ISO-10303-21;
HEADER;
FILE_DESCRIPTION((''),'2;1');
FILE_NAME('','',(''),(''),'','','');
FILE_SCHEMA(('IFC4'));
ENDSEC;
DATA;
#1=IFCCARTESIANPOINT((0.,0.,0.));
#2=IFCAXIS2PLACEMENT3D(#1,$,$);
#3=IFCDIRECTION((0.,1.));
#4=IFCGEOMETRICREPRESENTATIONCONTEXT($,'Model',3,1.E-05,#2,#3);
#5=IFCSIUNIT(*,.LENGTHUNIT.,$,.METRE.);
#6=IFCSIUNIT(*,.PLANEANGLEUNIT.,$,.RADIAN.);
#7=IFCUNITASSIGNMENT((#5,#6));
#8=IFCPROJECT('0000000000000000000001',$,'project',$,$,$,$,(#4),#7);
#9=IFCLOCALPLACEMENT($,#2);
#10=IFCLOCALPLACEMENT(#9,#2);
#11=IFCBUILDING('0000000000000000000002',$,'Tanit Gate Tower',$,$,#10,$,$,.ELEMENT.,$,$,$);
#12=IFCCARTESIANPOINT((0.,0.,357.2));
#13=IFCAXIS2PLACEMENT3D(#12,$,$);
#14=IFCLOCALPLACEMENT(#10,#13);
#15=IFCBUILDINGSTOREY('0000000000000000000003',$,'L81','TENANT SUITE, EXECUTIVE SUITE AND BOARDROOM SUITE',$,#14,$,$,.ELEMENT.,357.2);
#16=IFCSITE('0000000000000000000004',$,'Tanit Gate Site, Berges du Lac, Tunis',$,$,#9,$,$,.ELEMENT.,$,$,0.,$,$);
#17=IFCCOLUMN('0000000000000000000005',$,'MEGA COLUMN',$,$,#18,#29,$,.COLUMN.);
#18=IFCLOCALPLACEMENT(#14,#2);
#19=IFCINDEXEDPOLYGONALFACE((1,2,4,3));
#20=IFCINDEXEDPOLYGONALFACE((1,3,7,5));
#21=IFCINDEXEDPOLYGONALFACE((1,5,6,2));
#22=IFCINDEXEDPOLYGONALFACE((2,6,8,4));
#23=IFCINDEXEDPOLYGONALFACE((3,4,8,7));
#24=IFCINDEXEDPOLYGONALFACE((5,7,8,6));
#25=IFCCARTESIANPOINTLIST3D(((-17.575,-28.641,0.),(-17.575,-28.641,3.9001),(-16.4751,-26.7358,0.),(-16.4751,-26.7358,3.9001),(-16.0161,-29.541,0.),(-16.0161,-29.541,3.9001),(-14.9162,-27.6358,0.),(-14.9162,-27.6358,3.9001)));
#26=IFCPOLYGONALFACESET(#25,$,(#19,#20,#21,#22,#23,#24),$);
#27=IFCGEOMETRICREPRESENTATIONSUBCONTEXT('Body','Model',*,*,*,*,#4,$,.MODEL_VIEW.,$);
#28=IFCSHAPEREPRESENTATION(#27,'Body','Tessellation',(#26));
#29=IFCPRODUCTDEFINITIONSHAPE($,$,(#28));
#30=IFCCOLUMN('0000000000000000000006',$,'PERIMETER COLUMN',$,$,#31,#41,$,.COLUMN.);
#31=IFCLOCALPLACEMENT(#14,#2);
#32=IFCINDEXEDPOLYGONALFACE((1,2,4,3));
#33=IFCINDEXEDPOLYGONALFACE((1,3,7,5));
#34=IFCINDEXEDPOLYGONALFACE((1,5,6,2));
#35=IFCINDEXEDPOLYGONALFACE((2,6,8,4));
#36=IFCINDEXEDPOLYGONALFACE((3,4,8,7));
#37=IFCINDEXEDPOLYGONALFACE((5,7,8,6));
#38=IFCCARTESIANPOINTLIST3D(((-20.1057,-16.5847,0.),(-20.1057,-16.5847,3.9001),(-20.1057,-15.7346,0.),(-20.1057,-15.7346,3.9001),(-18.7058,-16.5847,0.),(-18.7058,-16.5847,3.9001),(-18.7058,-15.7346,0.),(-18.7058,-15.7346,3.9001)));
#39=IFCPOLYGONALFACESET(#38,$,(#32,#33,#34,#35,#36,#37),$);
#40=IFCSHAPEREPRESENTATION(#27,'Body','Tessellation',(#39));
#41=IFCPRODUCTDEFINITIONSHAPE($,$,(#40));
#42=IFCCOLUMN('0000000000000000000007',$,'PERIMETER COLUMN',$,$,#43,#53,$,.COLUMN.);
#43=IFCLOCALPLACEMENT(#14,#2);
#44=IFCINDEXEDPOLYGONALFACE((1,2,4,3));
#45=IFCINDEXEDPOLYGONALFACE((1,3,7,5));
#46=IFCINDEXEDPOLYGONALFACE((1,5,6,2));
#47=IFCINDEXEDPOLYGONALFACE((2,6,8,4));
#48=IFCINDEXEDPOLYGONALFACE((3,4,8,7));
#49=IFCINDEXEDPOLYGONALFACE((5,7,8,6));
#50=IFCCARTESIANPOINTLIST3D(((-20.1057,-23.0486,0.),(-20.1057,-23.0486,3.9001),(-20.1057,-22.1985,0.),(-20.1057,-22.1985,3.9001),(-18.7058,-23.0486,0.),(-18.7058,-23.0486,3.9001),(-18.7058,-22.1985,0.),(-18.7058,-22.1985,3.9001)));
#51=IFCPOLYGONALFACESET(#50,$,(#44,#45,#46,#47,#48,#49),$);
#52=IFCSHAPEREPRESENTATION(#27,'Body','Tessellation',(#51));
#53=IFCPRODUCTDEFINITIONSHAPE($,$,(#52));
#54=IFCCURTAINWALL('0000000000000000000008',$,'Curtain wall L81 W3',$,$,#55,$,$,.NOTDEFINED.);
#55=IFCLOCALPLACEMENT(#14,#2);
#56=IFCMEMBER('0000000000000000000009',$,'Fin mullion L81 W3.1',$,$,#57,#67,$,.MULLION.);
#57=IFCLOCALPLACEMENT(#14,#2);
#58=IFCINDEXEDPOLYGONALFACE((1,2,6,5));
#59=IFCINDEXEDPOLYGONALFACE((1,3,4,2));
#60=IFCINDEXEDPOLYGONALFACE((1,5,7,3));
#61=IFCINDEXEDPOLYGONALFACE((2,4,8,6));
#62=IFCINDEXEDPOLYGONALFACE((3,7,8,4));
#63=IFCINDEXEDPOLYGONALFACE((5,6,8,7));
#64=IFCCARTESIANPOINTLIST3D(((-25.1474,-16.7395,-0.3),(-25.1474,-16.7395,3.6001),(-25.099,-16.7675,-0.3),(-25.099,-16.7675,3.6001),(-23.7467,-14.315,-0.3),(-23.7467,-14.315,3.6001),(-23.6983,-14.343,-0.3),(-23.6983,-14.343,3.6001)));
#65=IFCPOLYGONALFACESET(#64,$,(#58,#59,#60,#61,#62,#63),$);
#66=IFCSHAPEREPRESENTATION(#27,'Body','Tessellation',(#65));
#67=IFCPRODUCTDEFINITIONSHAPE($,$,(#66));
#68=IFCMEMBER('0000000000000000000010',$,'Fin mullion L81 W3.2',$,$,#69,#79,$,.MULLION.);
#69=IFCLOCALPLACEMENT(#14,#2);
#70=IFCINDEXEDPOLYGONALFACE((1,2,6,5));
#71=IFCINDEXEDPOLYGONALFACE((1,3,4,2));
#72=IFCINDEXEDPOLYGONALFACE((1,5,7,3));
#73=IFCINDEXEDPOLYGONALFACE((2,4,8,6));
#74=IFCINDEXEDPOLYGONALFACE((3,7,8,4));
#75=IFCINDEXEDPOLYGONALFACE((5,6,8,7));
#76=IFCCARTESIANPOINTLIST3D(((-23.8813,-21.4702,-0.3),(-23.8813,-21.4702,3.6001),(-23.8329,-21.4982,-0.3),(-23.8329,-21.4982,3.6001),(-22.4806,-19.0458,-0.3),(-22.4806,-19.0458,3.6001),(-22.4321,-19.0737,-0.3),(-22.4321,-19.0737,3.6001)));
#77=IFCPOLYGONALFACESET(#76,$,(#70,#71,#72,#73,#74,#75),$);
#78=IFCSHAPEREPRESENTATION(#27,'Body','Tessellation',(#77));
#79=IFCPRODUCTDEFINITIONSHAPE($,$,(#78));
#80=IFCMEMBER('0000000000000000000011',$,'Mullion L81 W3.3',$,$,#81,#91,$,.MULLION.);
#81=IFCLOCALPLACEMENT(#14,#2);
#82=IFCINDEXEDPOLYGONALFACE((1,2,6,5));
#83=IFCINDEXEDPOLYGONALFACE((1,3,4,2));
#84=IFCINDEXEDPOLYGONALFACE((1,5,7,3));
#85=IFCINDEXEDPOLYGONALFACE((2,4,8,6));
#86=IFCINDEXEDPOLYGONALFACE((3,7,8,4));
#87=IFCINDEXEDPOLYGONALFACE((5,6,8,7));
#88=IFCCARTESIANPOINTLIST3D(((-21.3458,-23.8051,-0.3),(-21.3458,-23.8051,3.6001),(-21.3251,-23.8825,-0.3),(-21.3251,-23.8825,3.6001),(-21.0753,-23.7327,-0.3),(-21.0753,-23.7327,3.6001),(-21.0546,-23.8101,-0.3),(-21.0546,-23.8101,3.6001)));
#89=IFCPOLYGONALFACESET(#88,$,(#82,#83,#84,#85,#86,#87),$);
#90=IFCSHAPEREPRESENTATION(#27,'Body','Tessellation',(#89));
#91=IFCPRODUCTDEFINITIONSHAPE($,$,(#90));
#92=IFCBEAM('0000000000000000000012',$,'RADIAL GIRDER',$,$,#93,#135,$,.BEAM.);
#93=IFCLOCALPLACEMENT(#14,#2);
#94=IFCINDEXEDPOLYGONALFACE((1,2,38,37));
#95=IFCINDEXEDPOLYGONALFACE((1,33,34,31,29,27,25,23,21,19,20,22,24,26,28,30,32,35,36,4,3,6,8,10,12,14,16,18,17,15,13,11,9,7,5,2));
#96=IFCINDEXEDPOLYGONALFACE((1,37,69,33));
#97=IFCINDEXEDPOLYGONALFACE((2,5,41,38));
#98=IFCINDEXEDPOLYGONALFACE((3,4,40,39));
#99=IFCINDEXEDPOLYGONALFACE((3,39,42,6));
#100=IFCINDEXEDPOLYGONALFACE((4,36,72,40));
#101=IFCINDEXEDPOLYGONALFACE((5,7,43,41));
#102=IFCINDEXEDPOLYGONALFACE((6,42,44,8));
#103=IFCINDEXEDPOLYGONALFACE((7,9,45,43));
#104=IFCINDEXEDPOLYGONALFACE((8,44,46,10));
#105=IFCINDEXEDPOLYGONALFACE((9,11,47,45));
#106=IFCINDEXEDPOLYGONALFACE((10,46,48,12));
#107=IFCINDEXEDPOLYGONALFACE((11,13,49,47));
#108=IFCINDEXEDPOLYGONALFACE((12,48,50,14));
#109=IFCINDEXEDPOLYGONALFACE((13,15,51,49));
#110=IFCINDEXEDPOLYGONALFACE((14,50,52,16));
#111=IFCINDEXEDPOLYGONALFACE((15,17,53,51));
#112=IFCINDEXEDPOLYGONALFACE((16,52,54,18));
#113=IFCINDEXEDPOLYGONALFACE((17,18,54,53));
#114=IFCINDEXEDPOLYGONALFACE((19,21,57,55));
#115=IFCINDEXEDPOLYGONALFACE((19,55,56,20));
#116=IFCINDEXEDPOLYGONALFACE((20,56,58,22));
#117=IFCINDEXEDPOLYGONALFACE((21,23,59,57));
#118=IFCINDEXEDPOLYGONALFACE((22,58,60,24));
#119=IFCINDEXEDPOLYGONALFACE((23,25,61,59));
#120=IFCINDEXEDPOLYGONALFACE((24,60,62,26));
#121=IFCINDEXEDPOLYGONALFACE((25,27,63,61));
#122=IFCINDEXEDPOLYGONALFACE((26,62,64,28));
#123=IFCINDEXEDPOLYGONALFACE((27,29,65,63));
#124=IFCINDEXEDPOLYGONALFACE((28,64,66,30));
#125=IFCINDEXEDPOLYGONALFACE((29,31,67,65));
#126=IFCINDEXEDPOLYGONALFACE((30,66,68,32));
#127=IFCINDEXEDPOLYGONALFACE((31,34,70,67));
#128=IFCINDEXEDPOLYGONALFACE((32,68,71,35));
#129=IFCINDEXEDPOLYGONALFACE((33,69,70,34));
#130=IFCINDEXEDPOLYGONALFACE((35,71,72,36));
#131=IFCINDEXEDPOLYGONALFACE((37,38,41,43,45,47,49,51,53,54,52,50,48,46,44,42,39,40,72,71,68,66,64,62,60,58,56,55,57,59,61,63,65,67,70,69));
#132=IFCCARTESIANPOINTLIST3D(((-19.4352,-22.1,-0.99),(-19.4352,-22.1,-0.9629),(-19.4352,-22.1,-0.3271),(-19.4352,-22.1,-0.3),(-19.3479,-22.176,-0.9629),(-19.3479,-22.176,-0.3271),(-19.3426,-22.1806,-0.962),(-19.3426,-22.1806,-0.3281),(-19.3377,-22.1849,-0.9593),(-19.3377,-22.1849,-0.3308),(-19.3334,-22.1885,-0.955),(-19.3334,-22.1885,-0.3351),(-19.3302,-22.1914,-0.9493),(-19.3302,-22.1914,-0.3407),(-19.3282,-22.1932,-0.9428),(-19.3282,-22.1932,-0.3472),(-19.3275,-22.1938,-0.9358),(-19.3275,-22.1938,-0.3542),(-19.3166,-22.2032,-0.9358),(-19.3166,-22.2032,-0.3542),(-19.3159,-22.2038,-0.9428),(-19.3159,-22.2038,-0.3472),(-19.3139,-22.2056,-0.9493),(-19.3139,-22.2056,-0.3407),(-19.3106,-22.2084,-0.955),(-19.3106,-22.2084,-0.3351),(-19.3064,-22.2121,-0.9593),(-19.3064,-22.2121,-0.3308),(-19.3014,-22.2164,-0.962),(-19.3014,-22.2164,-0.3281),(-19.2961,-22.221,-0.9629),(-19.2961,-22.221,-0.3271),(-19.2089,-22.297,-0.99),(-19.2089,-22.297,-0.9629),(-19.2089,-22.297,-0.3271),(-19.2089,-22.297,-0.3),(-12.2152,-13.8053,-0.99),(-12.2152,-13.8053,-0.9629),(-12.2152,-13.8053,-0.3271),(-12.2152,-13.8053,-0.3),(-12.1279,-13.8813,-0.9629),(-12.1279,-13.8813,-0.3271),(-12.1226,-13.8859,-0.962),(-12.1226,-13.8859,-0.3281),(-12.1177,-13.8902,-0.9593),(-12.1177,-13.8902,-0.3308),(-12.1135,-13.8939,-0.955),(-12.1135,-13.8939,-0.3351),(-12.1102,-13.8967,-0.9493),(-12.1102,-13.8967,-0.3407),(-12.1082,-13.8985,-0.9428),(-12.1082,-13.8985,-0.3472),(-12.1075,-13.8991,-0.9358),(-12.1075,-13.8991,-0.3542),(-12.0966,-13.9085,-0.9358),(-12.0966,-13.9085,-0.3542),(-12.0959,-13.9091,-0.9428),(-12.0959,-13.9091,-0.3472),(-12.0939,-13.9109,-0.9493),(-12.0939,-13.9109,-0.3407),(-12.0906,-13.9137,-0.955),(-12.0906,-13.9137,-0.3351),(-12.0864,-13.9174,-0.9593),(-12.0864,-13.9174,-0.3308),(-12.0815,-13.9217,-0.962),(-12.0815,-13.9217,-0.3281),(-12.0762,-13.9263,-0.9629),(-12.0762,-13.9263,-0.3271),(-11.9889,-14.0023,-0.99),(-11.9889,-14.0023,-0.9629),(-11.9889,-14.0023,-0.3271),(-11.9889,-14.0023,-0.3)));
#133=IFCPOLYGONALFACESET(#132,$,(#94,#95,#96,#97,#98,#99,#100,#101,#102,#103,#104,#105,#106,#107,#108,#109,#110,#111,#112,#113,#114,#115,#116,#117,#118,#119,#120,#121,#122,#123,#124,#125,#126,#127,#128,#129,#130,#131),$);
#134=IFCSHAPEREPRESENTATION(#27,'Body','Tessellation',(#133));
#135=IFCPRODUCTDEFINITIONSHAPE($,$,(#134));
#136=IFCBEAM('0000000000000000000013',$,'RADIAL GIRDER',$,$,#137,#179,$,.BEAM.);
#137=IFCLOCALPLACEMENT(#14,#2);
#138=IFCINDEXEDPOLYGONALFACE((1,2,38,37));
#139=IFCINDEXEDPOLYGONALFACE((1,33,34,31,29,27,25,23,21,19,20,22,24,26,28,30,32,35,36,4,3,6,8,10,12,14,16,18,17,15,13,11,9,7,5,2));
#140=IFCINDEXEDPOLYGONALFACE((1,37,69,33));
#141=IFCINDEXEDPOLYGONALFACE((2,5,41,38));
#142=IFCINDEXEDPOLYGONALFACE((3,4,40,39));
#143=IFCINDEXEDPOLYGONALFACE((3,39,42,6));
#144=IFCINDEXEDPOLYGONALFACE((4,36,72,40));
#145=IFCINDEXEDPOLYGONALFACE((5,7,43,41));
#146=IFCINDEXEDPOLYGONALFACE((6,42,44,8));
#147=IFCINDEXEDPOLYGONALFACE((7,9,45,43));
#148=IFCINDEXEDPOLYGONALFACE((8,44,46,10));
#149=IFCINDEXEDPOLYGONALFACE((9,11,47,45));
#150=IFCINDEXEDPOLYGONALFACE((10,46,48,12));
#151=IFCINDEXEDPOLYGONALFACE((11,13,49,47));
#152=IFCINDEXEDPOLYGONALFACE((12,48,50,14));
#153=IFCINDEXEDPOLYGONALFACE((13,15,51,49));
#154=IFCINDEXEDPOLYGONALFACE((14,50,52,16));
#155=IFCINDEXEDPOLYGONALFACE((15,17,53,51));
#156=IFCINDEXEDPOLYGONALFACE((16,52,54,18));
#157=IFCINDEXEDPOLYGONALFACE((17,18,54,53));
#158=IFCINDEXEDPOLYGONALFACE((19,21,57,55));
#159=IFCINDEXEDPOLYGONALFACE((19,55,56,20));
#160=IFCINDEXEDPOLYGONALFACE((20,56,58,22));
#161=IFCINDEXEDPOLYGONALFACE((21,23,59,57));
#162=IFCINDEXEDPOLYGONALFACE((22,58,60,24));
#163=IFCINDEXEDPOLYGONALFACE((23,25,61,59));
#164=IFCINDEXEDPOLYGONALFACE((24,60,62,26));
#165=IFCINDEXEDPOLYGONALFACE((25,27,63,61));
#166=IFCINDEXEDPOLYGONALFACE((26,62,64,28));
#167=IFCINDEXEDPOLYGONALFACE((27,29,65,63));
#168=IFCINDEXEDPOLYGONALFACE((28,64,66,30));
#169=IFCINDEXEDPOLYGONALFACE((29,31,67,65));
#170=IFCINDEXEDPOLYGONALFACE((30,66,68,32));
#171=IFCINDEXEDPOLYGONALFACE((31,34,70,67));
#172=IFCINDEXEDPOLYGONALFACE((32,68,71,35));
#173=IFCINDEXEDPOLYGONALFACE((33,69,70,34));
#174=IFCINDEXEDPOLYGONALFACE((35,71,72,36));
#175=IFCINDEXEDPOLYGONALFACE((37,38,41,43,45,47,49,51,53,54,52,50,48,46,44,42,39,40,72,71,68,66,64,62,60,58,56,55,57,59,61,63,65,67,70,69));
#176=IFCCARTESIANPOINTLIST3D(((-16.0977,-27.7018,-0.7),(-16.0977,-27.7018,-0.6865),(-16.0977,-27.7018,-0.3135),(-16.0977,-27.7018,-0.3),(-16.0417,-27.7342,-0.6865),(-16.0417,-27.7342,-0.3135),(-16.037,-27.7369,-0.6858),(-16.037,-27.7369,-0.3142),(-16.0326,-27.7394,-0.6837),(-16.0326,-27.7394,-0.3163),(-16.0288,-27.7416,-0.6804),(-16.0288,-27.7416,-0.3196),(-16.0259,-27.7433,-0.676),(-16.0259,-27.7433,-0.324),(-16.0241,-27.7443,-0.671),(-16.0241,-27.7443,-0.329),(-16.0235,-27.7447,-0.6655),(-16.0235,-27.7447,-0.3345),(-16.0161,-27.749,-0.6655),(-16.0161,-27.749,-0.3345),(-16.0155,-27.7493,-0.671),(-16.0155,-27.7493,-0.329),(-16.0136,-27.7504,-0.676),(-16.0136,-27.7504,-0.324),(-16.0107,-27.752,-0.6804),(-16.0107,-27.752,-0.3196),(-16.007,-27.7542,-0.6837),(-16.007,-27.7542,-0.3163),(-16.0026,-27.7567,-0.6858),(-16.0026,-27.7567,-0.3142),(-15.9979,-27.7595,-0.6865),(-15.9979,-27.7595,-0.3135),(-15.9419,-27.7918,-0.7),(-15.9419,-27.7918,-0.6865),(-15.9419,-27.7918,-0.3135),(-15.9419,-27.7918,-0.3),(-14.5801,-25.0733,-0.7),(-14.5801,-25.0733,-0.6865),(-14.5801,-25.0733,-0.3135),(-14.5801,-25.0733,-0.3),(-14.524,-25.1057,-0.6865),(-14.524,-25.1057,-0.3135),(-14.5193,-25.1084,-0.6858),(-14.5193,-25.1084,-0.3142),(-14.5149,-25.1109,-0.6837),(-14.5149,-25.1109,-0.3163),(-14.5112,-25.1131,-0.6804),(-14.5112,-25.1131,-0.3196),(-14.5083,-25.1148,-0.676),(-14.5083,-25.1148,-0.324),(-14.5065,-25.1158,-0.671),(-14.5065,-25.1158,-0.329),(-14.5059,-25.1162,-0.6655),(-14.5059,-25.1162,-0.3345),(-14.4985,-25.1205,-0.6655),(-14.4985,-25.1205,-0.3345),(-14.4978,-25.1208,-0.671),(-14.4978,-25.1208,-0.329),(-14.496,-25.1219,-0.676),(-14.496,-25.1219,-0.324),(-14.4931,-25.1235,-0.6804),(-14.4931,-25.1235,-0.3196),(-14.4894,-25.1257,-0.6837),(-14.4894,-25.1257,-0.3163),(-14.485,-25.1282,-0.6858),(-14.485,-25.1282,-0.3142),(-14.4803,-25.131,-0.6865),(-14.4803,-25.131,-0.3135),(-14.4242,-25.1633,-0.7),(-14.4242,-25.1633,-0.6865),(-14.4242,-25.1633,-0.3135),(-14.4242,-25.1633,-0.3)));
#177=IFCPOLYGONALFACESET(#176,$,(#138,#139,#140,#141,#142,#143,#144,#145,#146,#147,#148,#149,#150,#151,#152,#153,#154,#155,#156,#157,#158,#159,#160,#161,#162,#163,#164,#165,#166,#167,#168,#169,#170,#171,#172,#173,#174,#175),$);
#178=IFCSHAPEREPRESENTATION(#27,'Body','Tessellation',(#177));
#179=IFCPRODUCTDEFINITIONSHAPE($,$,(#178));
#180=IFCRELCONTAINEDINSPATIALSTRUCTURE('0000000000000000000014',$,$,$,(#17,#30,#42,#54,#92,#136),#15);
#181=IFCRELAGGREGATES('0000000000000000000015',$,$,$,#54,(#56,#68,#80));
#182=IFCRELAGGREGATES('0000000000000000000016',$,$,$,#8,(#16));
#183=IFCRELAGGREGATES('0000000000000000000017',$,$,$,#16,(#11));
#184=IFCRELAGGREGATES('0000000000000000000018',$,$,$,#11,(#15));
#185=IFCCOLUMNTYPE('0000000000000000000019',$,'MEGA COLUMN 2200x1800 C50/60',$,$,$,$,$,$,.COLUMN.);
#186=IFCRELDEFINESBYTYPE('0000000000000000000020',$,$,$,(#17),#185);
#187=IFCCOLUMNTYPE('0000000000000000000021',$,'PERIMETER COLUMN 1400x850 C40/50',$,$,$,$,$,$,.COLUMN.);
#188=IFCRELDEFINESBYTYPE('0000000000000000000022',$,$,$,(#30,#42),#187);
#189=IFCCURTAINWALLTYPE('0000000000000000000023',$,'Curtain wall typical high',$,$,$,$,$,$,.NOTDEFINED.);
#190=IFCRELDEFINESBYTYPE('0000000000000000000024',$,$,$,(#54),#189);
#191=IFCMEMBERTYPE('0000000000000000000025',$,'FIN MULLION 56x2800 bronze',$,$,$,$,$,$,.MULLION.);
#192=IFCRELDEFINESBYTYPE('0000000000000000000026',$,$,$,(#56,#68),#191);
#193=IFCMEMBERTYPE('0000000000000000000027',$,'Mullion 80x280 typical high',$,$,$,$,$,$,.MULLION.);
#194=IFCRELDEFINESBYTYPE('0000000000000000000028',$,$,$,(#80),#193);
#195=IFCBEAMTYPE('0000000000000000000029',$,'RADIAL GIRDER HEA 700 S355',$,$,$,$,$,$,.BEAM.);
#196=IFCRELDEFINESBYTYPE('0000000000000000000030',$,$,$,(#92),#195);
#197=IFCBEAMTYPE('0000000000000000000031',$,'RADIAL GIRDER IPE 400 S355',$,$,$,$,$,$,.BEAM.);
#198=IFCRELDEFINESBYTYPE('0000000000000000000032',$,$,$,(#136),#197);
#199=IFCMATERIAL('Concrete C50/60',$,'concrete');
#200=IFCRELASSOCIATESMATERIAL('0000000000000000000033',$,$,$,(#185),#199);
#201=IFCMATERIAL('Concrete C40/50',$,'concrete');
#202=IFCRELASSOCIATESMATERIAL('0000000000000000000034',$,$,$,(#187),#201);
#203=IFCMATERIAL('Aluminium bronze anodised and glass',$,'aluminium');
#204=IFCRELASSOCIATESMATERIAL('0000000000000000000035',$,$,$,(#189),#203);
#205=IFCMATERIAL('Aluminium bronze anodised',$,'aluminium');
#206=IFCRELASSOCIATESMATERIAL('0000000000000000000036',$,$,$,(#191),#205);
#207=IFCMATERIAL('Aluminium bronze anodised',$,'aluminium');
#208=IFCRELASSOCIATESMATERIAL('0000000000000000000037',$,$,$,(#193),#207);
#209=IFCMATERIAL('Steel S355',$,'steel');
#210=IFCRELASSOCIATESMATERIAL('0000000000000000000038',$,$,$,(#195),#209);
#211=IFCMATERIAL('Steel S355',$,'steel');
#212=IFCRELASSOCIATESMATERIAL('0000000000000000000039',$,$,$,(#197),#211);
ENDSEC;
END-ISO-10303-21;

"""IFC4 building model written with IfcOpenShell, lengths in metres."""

from ifc_helpers import new_model, si_unit, direction, frame, origin, origin_2d, place, context, subcontext, project, spatial, rectangle, i_section, extrude, material, material_profile, profile_set, type_object, element, aggregate, save


model = new_model("IFC4")

# Units and contexts
model_context = context("Model", 3, precision=1e-05, world=origin(), true_north=direction((0.0, 1.0)))
body_context = subcontext(model_context, "Body", "Model", "MODEL_VIEW")
ifc_project = project(units=[si_unit("LENGTHUNIT", "METRE"), si_unit("PLANEANGLEUNIT", "RADIAN")], contexts=[model_context])

# Site, building, storey
site_placement = place(None, origin())
site = spatial("IfcSite", under=ifc_project, at=site_placement, Name="Tanit Gate Site, Berges du Lac, Tunis", CompositionType="ELEMENT", RefElevation=0.0)
building_placement = place(site_placement, origin())
building = spatial("IfcBuilding", under=site, at=building_placement, Name="Tanit Gate Tower", CompositionType="ELEMENT")
storey_placement = place(building_placement, frame((0.0, 0.0, 357.2)))
storey = spatial("IfcBuildingStorey", under=building, at=storey_placement, Name="L81", Description="TENANT SUITE, EXECUTIVE SUITE AND BOARDROOM SUITE", CompositionType="ELEMENT", Elevation=357.2)

# Columns
ifc_material_1 = material(Name="Concrete C50/60", Category="concrete")
ifc_material_profile_1 = material_profile(ifc_material_1, rectangle(XDim=2.2, YDim=1.8, at=origin_2d()), Name="RC 2200x1800")
ifc_profile_set_1 = profile_set([ifc_material_profile_1], Name="Concrete C50/60")
column_type_1 = type_object("IfcColumnType", Name="MEGA COLUMN 2200x1800 C50/60", PredefinedType="COLUMN", material=ifc_profile_set_1)
column_placement = place(storey_placement, frame((-16.2456, -28.1384, 0.0), z_axis=(0.0, 0.0, 1.0), x_axis=(-0.5, -0.866025, 0.0)))
element("IfcColumn", 1, at=column_placement, inside=storey, type_object=column_type_1, Name="MEGA COLUMN", PredefinedType="COLUMN", context=body_context, shape_type="SweptSolid", body=[
    extrude(rectangle(XDim=2.2, YDim=1.8, at=origin_2d()), origin(), (0.0, 0.0, 1.0), 3.9001),
])
ifc_material_2 = material(Name="Concrete C40/50", Category="concrete")
ifc_material_profile_2 = material_profile(ifc_material_2, rectangle(XDim=1.3999, YDim=0.8501, at=origin_2d()), Name="RC 1400x850")
ifc_profile_set_2 = profile_set([ifc_material_profile_2], Name="Concrete C40/50")
column_type_2 = type_object("IfcColumnType", Name="PERIMETER COLUMN 1400x850 C40/50", PredefinedType="COLUMN", material=ifc_profile_set_2)
for number, where, z_axis, x_axis, name in (
    (2, (-19.4058, -16.1597, 0.0), (0.0, 0.0, 1.0), (-1.0, 0.0, 0.0), "PERIMETER COLUMN"),
    (3, (-19.4058, -22.6235, 0.0), (0.0, 0.0, 1.0), (-1.0, 0.0, 0.0), "PERIMETER COLUMN"),
):
    element("IfcColumn", number, at=place(storey_placement, frame(where, z_axis=z_axis, x_axis=x_axis)), inside=storey, type_object=column_type_2, Name=name, PredefinedType="COLUMN", context=body_context, shape_type="SweptSolid", body=[
        extrude(rectangle(XDim=1.3999, YDim=0.8501, at=origin_2d()), origin(), (0.0, 0.0, 1.0), 3.9001),
    ])

# Curtain wall, members
ifc_material_3 = material(Name="Aluminium bronze anodised and glass", Category="aluminium")
curtain_wall_type = type_object("IfcCurtainWallType", Name="Curtain wall typical high", PredefinedType="NOTDEFINED", material=ifc_material_3)
curtain_wall_placement = place(storey_placement, origin())
curtain_wall = element("IfcCurtainWall", 4, at=curtain_wall_placement, inside=storey, type_object=curtain_wall_type, Name="Curtain wall L81 W3", PredefinedType="NOTDEFINED")
ifc_material_4 = material(Name="Aluminium bronze anodised", Category="aluminium")
ifc_material_profile_3 = material_profile(ifc_material_4, rectangle(XDim=2.8, YDim=0.0559, at=origin_2d()), Name="56x2800 bronze fin mullion")
ifc_profile_set_3 = profile_set([ifc_material_profile_3], Name="Aluminium bronze anodised")
member_type_1 = type_object("IfcMemberType", Name="FIN MULLION 56x2800 bronze", PredefinedType="MULLION", material=ifc_profile_set_3)
member_1_placement = place(storey_placement, frame((-24.4229, -15.5413, -0.3), z_axis=(0.0, 0.0, 1.0), x_axis=(0.500272, 0.865868, 0.0)))
member_1 = element("IfcMember", 5, at=member_1_placement, type_object=member_type_1, Name="Fin mullion L81 W3.1", PredefinedType="MULLION", context=body_context, shape_type="SweptSolid", body=[
    extrude(rectangle(XDim=2.8, YDim=0.0559, at=origin_2d()), origin(), (0.0, 0.0, 1.0), 3.9001),
])
member_2_placement = place(storey_placement, frame((-23.1567, -20.272, -0.3), z_axis=(0.0, 0.0, 1.0), x_axis=(0.500272, 0.865868, 0.0)))
member_2 = element("IfcMember", 6, at=member_2_placement, type_object=member_type_1, Name="Fin mullion L81 W3.2", PredefinedType="MULLION", context=body_context, shape_type="SweptSolid", body=[
    extrude(rectangle(XDim=2.8, YDim=0.0559, at=origin_2d()), origin(), (0.0, 0.0, 1.0), 3.9001),
])
ifc_material_5 = material(Name="Aluminium bronze anodised", Category="aluminium")
ifc_material_profile_4 = material_profile(ifc_material_5, rectangle(XDim=0.28, YDim=0.0801, at=origin_2d()), Name="80x280 bronze mullion")
ifc_profile_set_4 = profile_set([ifc_material_profile_4], Name="Aluminium bronze anodised")
member_type_2 = type_object("IfcMemberType", Name="Mullion 80x280 typical high", PredefinedType="MULLION", material=ifc_profile_set_4)
member_3_placement = place(storey_placement, frame((-21.2002, -23.8076, -0.3), z_axis=(0.0, 0.0, 1.0), x_axis=(0.966007, 0.258516, 0.0)))
member_3 = element("IfcMember", 7, at=member_3_placement, type_object=member_type_2, Name="Mullion L81 W3.3", PredefinedType="MULLION", context=body_context, shape_type="SweptSolid", body=[
    extrude(rectangle(XDim=0.28, YDim=0.0801, at=origin_2d()), origin(), (0.0, 0.0, 1.0), 3.9001),
])

# Beams
ifc_material_6 = material(Name="Steel S355", Category="steel")
ifc_material_profile_5 = material_profile(ifc_material_6, i_section(OverallWidth=0.3, OverallDepth=0.6899, WebThickness=0.0144, FlangeThickness=0.0271, FilletRadius=0.0271, at=origin_2d()), Name="HEA 700")
ifc_profile_set_5 = profile_set([ifc_material_profile_5], Name="Steel S355")
beam_type_1 = type_object("IfcBeamType", Name="RADIAL GIRDER HEA 700 S355", PredefinedType="BEAM", material=ifc_profile_set_5)
beam_1_placement = place(storey_placement, frame((-19.322, -22.1985, -0.645), z_axis=(0.656552, 0.754281, 0.0), x_axis=(-0.754281, 0.656552, 0.0)))
element("IfcBeam", 8, at=beam_1_placement, inside=storey, type_object=beam_type_1, Name="RADIAL GIRDER", PredefinedType="BEAM", context=body_context, shape_type="SweptSolid", body=[
    extrude(i_section(OverallWidth=0.3, OverallDepth=0.6899, WebThickness=0.0144, FlangeThickness=0.0271, FilletRadius=0.0271, at=origin_2d()), origin(), (0.0, 0.0, 1.0), 10.9968),
])
ifc_material_7 = material(Name="Steel S355", Category="steel")
ifc_material_profile_6 = material_profile(ifc_material_7, i_section(OverallWidth=0.1799, OverallDepth=0.3999, WebThickness=0.0085, FlangeThickness=0.0134, FilletRadius=0.021, at=origin_2d()), Name="IPE 400")
ifc_profile_set_6 = profile_set([ifc_material_profile_6], Name="Steel S355")
beam_type_2 = type_object("IfcBeamType", Name="RADIAL GIRDER IPE 400 S355", PredefinedType="BEAM", material=ifc_profile_set_6)
beam_2_placement = place(storey_placement, frame((-16.0198, -27.7468, -0.5), z_axis=(0.500015, 0.866017, 0.0), x_axis=(-0.866017, 0.500015, 0.0)))
element("IfcBeam", 9, at=beam_2_placement, inside=storey, type_object=beam_type_2, Name="RADIAL GIRDER", PredefinedType="BEAM", context=body_context, shape_type="SweptSolid", body=[
    extrude(i_section(OverallWidth=0.1799, OverallDepth=0.3999, WebThickness=0.0085, FlangeThickness=0.0134, FilletRadius=0.021, at=origin_2d()), origin(), (0.0, 0.0, 1.0), 3.0352),
])

aggregate(curtain_wall, [member_1, member_2, member_3])

save(model, "model.ifc")
